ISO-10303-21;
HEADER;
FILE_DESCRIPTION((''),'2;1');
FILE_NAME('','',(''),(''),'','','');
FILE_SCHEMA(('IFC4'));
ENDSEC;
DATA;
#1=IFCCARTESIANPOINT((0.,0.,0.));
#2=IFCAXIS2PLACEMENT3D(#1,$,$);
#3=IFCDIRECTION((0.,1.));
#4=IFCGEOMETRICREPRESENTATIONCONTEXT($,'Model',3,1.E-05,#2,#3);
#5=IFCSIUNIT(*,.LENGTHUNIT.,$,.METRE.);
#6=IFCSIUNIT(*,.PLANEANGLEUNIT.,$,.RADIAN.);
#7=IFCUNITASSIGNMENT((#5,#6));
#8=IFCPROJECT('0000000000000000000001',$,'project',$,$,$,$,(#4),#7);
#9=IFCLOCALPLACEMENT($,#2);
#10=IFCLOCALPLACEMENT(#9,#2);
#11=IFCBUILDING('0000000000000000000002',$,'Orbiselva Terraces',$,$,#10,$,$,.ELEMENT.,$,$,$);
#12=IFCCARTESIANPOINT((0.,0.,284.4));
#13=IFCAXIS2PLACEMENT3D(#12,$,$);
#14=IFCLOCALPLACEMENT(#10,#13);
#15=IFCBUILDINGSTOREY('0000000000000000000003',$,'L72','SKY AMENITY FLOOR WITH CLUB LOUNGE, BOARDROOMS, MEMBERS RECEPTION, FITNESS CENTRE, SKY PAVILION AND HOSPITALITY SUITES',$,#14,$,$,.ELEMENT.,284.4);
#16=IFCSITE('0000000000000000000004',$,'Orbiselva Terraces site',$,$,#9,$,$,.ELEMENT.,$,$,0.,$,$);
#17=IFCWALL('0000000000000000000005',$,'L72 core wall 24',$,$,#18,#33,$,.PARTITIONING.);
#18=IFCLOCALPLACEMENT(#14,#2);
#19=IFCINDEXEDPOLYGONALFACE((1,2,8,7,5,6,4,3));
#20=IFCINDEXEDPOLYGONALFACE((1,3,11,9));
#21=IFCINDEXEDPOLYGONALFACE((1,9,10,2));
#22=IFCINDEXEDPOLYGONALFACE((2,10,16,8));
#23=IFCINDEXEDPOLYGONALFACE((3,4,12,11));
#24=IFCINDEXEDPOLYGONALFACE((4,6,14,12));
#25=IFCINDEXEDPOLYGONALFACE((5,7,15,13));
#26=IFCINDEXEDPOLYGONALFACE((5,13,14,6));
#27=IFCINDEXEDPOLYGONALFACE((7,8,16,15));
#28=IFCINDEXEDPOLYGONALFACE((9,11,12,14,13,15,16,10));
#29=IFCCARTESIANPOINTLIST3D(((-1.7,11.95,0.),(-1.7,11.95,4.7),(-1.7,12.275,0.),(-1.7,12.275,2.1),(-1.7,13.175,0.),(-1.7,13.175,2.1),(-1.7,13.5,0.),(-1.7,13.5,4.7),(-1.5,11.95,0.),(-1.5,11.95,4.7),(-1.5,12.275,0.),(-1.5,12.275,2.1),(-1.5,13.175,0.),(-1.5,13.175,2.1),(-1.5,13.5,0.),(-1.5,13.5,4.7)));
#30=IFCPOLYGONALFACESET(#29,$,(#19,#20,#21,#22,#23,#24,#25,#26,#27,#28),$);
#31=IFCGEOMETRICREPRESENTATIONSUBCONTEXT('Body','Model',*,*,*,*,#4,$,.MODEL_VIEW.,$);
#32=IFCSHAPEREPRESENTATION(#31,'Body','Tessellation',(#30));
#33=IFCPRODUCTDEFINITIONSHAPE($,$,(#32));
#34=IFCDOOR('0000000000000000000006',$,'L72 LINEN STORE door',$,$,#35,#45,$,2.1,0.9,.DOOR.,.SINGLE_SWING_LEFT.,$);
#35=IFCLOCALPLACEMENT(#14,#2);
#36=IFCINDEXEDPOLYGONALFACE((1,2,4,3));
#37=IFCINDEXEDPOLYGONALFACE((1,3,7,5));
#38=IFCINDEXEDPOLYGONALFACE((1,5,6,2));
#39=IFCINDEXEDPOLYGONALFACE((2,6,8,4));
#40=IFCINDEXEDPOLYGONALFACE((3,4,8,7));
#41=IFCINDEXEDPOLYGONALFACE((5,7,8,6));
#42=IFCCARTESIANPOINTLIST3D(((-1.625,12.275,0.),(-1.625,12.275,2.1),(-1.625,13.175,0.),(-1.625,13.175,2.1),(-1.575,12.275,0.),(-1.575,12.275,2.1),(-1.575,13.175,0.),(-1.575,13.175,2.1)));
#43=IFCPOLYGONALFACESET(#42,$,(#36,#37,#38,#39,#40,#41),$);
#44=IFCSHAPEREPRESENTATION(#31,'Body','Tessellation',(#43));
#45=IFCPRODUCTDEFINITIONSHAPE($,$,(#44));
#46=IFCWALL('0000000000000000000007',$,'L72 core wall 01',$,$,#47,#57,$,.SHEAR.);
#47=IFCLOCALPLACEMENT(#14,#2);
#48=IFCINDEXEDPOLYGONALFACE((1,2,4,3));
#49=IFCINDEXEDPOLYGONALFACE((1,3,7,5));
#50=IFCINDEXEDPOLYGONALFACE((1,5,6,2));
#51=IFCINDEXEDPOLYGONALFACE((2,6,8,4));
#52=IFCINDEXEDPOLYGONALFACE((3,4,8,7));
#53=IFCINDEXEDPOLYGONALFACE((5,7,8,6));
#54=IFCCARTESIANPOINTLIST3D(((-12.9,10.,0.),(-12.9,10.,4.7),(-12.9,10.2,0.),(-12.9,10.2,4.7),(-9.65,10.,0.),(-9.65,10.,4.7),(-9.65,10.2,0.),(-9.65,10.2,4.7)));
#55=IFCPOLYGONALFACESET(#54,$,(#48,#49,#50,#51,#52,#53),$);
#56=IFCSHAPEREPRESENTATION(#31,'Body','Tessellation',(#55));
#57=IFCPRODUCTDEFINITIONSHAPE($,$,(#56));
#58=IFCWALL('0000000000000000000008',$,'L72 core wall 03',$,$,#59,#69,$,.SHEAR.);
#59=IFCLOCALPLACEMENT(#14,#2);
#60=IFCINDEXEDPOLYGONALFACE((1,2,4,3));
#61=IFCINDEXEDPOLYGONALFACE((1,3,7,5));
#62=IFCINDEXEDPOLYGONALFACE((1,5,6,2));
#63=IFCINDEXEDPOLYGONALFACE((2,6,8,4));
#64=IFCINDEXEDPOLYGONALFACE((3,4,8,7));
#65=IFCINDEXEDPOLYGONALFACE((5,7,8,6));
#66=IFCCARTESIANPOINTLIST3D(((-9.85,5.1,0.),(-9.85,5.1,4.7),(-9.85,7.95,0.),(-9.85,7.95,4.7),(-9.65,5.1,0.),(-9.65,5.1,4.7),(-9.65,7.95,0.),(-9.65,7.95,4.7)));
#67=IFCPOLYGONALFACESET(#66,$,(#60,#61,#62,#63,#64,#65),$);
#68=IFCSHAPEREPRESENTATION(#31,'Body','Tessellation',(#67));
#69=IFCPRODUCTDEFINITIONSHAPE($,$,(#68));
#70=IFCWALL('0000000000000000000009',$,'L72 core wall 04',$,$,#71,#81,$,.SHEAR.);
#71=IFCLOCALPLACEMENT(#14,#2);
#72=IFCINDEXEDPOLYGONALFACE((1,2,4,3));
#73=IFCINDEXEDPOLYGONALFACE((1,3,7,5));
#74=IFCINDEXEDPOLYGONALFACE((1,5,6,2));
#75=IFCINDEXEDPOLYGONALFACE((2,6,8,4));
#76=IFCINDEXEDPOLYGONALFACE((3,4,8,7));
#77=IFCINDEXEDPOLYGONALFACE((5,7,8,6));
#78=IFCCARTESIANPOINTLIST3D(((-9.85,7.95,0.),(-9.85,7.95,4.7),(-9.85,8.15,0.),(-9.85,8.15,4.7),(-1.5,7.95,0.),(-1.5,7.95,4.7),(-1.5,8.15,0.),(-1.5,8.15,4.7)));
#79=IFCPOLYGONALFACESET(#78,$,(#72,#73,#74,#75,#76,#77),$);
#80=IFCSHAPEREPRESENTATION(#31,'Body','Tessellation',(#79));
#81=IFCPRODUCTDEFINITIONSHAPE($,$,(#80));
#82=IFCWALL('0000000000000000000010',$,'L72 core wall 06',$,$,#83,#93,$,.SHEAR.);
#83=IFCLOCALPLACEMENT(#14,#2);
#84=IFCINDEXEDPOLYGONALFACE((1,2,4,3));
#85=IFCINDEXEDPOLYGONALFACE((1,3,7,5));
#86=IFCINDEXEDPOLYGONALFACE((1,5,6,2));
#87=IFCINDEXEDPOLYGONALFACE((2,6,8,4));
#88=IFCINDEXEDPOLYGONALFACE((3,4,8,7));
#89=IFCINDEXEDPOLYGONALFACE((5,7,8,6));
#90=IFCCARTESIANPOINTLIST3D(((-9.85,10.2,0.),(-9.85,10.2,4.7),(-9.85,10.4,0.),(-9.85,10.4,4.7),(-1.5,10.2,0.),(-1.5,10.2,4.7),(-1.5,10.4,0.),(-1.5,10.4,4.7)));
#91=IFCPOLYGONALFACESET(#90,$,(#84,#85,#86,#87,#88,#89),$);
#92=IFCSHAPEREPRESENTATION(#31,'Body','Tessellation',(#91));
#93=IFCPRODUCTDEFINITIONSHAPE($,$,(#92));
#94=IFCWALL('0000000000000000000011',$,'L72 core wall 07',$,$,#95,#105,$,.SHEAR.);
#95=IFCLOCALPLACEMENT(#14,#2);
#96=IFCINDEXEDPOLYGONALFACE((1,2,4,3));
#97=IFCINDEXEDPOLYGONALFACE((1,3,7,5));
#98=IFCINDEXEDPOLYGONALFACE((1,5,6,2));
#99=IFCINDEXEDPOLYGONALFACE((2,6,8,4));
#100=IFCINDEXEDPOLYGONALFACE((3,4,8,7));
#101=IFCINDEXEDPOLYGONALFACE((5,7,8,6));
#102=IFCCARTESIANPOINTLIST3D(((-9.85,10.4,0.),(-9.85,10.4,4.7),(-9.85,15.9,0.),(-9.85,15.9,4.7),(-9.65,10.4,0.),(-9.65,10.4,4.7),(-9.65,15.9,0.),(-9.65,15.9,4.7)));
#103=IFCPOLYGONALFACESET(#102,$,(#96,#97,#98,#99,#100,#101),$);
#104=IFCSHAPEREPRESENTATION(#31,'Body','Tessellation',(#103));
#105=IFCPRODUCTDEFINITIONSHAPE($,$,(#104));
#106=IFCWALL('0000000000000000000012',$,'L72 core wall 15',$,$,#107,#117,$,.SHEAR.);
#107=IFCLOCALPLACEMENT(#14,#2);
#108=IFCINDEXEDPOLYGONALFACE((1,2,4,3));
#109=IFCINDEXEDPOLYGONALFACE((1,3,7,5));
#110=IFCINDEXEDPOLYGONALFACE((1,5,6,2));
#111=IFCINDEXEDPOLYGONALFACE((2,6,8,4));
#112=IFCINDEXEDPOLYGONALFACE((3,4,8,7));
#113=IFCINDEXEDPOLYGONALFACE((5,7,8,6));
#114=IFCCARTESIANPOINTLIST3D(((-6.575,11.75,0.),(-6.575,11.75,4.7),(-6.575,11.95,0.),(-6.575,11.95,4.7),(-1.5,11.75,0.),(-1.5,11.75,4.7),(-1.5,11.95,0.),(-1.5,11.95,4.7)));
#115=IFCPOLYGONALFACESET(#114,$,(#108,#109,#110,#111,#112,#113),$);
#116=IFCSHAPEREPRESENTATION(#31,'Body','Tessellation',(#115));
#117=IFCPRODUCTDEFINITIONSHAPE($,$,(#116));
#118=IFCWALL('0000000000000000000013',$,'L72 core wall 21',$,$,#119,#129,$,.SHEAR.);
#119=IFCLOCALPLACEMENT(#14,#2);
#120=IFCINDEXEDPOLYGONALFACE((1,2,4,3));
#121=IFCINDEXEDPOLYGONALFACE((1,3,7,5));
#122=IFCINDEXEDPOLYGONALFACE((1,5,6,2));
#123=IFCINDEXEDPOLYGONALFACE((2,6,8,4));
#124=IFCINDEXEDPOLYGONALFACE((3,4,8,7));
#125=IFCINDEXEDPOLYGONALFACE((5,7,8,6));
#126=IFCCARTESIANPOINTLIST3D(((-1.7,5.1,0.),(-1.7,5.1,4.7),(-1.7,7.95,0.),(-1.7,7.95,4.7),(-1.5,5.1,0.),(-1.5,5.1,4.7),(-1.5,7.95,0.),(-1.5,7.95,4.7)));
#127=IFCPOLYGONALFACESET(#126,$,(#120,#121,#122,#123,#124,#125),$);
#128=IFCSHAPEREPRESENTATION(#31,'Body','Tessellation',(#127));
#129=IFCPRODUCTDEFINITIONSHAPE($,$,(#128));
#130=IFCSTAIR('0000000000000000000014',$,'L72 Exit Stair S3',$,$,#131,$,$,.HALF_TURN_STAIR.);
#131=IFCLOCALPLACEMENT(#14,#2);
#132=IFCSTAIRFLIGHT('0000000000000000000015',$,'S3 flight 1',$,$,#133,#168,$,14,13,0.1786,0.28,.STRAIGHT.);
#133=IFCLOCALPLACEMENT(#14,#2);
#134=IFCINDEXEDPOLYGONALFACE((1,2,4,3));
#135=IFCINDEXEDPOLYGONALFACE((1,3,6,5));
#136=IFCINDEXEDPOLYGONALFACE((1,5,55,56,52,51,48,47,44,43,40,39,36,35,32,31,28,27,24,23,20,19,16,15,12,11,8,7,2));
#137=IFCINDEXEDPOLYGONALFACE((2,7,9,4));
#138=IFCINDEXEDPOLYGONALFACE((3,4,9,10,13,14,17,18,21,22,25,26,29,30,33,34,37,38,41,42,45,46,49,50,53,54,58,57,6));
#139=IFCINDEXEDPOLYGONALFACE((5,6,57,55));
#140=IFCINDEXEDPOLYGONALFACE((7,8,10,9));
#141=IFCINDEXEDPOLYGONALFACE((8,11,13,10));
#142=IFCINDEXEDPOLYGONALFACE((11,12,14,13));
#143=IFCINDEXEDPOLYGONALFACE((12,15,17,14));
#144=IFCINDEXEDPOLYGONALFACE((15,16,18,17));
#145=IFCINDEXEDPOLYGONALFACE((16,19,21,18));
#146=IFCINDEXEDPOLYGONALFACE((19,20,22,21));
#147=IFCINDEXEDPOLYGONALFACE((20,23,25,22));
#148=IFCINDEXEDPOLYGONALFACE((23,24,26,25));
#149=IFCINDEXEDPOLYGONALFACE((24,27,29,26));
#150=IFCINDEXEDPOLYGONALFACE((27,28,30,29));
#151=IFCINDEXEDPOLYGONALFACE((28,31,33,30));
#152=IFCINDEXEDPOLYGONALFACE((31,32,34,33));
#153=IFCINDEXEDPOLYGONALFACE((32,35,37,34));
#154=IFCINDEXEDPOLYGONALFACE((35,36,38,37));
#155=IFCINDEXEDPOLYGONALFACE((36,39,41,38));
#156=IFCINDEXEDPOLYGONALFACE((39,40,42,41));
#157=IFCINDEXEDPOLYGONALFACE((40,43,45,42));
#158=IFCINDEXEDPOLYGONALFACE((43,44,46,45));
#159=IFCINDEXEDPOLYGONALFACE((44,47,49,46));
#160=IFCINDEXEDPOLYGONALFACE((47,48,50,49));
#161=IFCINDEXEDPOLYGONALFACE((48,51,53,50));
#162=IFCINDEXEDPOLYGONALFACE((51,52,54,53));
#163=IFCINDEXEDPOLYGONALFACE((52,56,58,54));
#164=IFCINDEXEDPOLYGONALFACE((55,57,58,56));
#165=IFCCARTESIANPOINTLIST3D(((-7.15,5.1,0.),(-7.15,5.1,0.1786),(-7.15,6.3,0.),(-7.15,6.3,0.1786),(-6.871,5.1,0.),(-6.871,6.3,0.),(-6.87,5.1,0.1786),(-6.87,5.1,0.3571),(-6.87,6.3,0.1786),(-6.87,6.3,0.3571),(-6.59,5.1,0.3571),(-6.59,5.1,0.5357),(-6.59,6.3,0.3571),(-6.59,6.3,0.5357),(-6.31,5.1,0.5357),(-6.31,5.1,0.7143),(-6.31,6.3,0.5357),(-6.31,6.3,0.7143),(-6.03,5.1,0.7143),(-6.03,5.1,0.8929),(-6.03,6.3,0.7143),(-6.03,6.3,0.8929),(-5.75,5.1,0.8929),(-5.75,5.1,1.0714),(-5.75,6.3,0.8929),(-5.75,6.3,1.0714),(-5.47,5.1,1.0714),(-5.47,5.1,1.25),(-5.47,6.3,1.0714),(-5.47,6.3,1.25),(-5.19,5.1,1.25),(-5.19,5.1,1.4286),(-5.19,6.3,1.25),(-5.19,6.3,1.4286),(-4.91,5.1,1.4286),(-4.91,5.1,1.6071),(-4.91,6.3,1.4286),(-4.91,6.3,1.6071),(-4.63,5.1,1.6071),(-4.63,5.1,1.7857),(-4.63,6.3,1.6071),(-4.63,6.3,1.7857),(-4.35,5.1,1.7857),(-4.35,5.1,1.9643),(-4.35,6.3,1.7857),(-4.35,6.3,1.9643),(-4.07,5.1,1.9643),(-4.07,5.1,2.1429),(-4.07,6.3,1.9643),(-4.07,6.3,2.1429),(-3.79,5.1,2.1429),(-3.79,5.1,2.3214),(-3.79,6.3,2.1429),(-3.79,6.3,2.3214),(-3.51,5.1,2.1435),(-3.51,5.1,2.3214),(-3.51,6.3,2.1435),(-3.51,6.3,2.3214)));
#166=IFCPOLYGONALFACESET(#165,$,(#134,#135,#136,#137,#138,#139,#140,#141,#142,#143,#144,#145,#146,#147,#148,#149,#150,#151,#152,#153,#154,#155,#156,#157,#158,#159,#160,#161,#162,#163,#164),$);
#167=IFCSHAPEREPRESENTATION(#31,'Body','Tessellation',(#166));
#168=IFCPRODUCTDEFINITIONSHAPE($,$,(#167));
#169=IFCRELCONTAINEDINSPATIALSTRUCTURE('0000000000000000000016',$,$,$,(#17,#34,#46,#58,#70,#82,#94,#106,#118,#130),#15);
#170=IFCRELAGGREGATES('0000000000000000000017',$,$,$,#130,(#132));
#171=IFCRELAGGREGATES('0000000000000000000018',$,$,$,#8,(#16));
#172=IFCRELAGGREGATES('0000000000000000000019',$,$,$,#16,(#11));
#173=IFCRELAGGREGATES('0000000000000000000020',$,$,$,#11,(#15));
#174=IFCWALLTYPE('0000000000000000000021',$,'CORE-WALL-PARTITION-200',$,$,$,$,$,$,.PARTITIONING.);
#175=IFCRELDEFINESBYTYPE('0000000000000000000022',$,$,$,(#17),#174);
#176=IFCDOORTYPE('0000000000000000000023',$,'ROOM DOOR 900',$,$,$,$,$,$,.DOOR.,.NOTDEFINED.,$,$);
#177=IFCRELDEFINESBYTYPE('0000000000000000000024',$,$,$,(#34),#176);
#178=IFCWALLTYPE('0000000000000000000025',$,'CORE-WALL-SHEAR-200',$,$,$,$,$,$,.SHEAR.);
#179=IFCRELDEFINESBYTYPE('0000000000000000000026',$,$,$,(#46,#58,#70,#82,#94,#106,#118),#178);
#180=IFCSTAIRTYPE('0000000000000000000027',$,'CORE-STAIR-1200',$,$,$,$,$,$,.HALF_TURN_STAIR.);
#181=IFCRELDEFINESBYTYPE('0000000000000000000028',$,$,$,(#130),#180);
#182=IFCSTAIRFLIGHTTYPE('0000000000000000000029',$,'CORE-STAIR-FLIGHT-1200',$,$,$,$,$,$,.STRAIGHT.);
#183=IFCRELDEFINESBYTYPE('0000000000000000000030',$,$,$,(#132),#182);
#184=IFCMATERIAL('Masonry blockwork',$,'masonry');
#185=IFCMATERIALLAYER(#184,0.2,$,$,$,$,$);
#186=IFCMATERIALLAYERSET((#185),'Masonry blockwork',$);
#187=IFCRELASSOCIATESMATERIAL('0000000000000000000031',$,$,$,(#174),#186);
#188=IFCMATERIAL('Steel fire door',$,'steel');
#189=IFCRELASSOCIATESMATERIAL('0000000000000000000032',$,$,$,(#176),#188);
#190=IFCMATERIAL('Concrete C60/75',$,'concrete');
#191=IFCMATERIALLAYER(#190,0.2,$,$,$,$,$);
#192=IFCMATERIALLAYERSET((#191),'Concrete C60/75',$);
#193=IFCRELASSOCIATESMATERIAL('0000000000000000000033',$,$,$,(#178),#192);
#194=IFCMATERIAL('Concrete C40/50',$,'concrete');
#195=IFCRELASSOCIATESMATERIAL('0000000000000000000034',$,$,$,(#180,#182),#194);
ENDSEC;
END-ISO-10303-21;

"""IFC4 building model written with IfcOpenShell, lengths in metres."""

from ifc_helpers import new_model, si_unit, direction, frame, frame_2d, origin, place, context, subcontext, project, spatial, polyline, rectangle, outline, extrude, material, layer, layer_set, type_object, element, fill, aggregate, save


model = new_model("IFC4")

# Units and contexts
model_context = context("Model", 3, precision=1e-05, world=origin(), true_north=direction((0.0, 1.0)))
body_context = subcontext(model_context, "Body", "Model", "MODEL_VIEW")
ifc_project = project(units=[si_unit("LENGTHUNIT", "METRE"), si_unit("PLANEANGLEUNIT", "RADIAN")], contexts=[model_context])

# Site, building, storey
site_placement = place(None, origin())
site = spatial("IfcSite", under=ifc_project, at=site_placement, Name="Orbiselva Terraces site", CompositionType="ELEMENT", RefElevation=0.0)
building_placement = place(site_placement, origin())
building = spatial("IfcBuilding", under=site, at=building_placement, Name="Orbiselva Terraces", CompositionType="ELEMENT")
storey_placement = place(building_placement, frame((0.0, 0.0, 284.4)))
storey = spatial("IfcBuildingStorey", under=building, at=storey_placement, Name="L72", Description="SKY AMENITY FLOOR WITH CLUB LOUNGE, BOARDROOMS, MEMBERS RECEPTION, FITNESS CENTRE, SKY PAVILION AND HOSPITALITY SUITES", CompositionType="ELEMENT", Elevation=284.4)

# Shared definitions
ifc_material_1 = material(Name="Masonry blockwork", Category="masonry")
ifc_layer_1 = layer(ifc_material_1, 0.2)
ifc_layer_set_1 = layer_set([ifc_layer_1], Name="Masonry blockwork")
wall_type_1 = type_object("IfcWallType", Name="CORE-WALL-PARTITION-200", PredefinedType="PARTITIONING", material=ifc_layer_set_1)
ifc_material_2 = material(Name="Steel fire door", Category="steel")
door_type = type_object("IfcDoorType", Name="ROOM DOOR 900", OperationType="NOTDEFINED", PredefinedType="DOOR", material=ifc_material_2)

# Wall, opening, door
wall_1_placement = place(storey_placement, frame((-1.6, 11.95, 0.0), z_axis=(0.0, 0.0, 1.0), x_axis=(0.0, 1.0, 0.0)))
wall_1 = element("IfcWall", 1, at=wall_1_placement, inside=storey, type_object=wall_type_1, Name="L72 core wall 24", PredefinedType="PARTITIONING", context=body_context, shape_type="SweptSolid", body=[
    extrude(rectangle(XDim=1.55, YDim=0.2, at=frame_2d((0.775, 0.0))), origin(), (0.0, 0.0, 1.0), 4.7),
])
opening_1_placement = place(wall_1_placement, frame((0.325, 0.0, 0.0)))
opening_1 = element("IfcOpeningElement", 2, at=opening_1_placement, cuts=wall_1, PredefinedType="OPENING", context=body_context, shape_type="SweptSolid", body=[
    extrude(rectangle(XDim=0.9, YDim=2.1, at=frame_2d((0.45, 1.05))), frame((0.0, 0.11, 0.0), z_axis=(0.0, -1.0, 0.0), x_axis=(1.0, 0.0, 0.0)), (0.0, 0.0, 1.0), 0.22),
])
door_1_placement = place(opening_1_placement, origin())
door_1 = element("IfcDoor", 3, at=door_1_placement, inside=storey, type_object=door_type, Name="L72 LINEN STORE door", OperationType="SINGLE_SWING_LEFT", OverallHeight=2.1, OverallWidth=0.9, PredefinedType="DOOR", context=body_context, shape_type="SweptSolid", body=[
    extrude(rectangle(XDim=0.9, YDim=2.1, at=frame_2d((0.45, 1.05))), frame((0.0, 0.025, 0.0), z_axis=(0.0, -1.0, 0.0), x_axis=(1.0, 0.0, 0.0)), (0.0, 0.0, 1.0), 0.05),
])
fill(opening_1, door_1)

# Walls
ifc_material_3 = material(Name="Concrete C60/75", Category="concrete")
ifc_layer_2 = layer(ifc_material_3, 0.2)
ifc_layer_set_2 = layer_set([ifc_layer_2], Name="Concrete C60/75")
wall_type_2 = type_object("IfcWallType", Name="CORE-WALL-SHEAR-200", PredefinedType="SHEAR", material=ifc_layer_set_2)
wall_2_placement = place(storey_placement, frame((-12.9, 10.1, 0.0), z_axis=(0.0, 0.0, 1.0), x_axis=(1.0, 0.0, 0.0)))
element("IfcWall", 4, at=wall_2_placement, inside=storey, type_object=wall_type_2, Name="L72 core wall 01", PredefinedType="SHEAR", context=body_context, shape_type="SweptSolid", body=[
    extrude(rectangle(XDim=3.25, YDim=0.2, at=frame_2d((1.625, 0.0))), origin(), (0.0, 0.0, 1.0), 4.7),
])
wall_3_placement = place(storey_placement, frame((-9.75, 5.1, 0.0), z_axis=(0.0, 0.0, 1.0), x_axis=(0.0, 1.0, 0.0)))
element("IfcWall", 5, at=wall_3_placement, inside=storey, type_object=wall_type_2, Name="L72 core wall 03", PredefinedType="SHEAR", context=body_context, shape_type="SweptSolid", body=[
    extrude(rectangle(XDim=2.85, YDim=0.2, at=frame_2d((1.425, 0.0))), origin(), (0.0, 0.0, 1.0), 4.7),
])
for number, where, z_axis, x_axis, name in (
    (6, (-9.85, 8.05, 0.0), (0.0, 0.0, 1.0), (1.0, 0.0, 0.0), "L72 core wall 04"),
    (7, (-9.85, 10.3, 0.0), (0.0, 0.0, 1.0), (1.0, 0.0, 0.0), "L72 core wall 06"),
):
    element("IfcWall", number, at=place(storey_placement, frame(where, z_axis=z_axis, x_axis=x_axis)), inside=storey, type_object=wall_type_2, Name=name, PredefinedType="SHEAR", context=body_context, shape_type="SweptSolid", body=[
        extrude(rectangle(XDim=8.35, YDim=0.2, at=frame_2d((4.175, 0.0))), origin(), (0.0, 0.0, 1.0), 4.7),
    ])
wall_4_placement = place(storey_placement, frame((-9.75, 10.4, 0.0), z_axis=(0.0, 0.0, 1.0), x_axis=(0.0, 1.0, 0.0)))
element("IfcWall", 8, at=wall_4_placement, inside=storey, type_object=wall_type_2, Name="L72 core wall 07", PredefinedType="SHEAR", context=body_context, shape_type="SweptSolid", body=[
    extrude(rectangle(XDim=5.5, YDim=0.2, at=frame_2d((2.75, 0.0))), origin(), (0.0, 0.0, 1.0), 4.7),
])
wall_5_placement = place(storey_placement, frame((-6.575, 11.85, 0.0), z_axis=(0.0, 0.0, 1.0), x_axis=(1.0, 0.0, 0.0)))
element("IfcWall", 9, at=wall_5_placement, inside=storey, type_object=wall_type_2, Name="L72 core wall 15", PredefinedType="SHEAR", context=body_context, shape_type="SweptSolid", body=[
    extrude(rectangle(XDim=5.075, YDim=0.2, at=frame_2d((2.5375, 0.0))), origin(), (0.0, 0.0, 1.0), 4.7),
])
wall_6_placement = place(storey_placement, frame((-1.6, 5.1, 0.0), z_axis=(0.0, 0.0, 1.0), x_axis=(0.0, 1.0, 0.0)))
element("IfcWall", 10, at=wall_6_placement, inside=storey, type_object=wall_type_2, Name="L72 core wall 21", PredefinedType="SHEAR", context=body_context, shape_type="SweptSolid", body=[
    extrude(rectangle(XDim=2.85, YDim=0.2, at=frame_2d((1.425, 0.0))), origin(), (0.0, 0.0, 1.0), 4.7),
])

# Stair, stair flight
ifc_material_4 = material(Name="Concrete C40/50", Category="concrete")
stair_type = type_object("IfcStairType", Name="CORE-STAIR-1200", PredefinedType="HALF_TURN_STAIR", material=ifc_material_4)
stair_placement = place(storey_placement, origin())
stair = element("IfcStair", 11, at=stair_placement, inside=storey, type_object=stair_type, Name="L72 Exit Stair S3", PredefinedType="HALF_TURN_STAIR")
stair_flight_type = type_object("IfcStairFlightType", Name="CORE-STAIR-FLIGHT-1200", PredefinedType="STRAIGHT", material=ifc_material_4)
stair_flight_1_placement = place(storey_placement, frame((-7.15, 5.7, 0.0), z_axis=(0.0, 0.0, 1.0), x_axis=(1.0, 0.0, 0.0)))
stair_flight_1 = element("IfcStairFlight", 12, at=stair_flight_1_placement, type_object=stair_flight_type, Name="S3 flight 1", NumberOfRisers=14, NumberOfTreads=13, PredefinedType="STRAIGHT", RiserHeight=0.1786, TreadLength=0.28, context=body_context, shape_type="SweptSolid", body=[
    extrude(outline(polyline([(0.0, 0.0), (0.0, 0.1786), (0.28, 0.1786), (0.28, 0.3571), (0.56, 0.3571), (0.56, 0.5357), (0.84, 0.5357), (0.84, 0.7143), (1.12, 0.7143), (1.12, 0.8929), (1.4, 0.8929), (1.4, 1.0714), (1.68, 1.0714), (1.68, 1.25), (1.96, 1.25), (1.96, 1.4286), (2.24, 1.4286), (2.24, 1.6071), (2.52, 1.6071), (2.52, 1.7857), (2.8, 1.7857), (2.8, 1.9643), (3.08, 1.9643), (3.08, 2.1429), (3.36, 2.1429), (3.36, 2.3214), (3.64, 2.3214), (3.64, 2.5), (3.64, 2.1435), (0.279, 0.0), (0.0, 0.0)])), frame((0.0, 0.6, 0.0), z_axis=(0.0, -1.0, 0.0), x_axis=(1.0, 0.0, 0.0)), (0.0, 0.0, 1.0), 1.2),
])
aggregate(stair, [stair_flight_1])

save(model, "model.ifc")
